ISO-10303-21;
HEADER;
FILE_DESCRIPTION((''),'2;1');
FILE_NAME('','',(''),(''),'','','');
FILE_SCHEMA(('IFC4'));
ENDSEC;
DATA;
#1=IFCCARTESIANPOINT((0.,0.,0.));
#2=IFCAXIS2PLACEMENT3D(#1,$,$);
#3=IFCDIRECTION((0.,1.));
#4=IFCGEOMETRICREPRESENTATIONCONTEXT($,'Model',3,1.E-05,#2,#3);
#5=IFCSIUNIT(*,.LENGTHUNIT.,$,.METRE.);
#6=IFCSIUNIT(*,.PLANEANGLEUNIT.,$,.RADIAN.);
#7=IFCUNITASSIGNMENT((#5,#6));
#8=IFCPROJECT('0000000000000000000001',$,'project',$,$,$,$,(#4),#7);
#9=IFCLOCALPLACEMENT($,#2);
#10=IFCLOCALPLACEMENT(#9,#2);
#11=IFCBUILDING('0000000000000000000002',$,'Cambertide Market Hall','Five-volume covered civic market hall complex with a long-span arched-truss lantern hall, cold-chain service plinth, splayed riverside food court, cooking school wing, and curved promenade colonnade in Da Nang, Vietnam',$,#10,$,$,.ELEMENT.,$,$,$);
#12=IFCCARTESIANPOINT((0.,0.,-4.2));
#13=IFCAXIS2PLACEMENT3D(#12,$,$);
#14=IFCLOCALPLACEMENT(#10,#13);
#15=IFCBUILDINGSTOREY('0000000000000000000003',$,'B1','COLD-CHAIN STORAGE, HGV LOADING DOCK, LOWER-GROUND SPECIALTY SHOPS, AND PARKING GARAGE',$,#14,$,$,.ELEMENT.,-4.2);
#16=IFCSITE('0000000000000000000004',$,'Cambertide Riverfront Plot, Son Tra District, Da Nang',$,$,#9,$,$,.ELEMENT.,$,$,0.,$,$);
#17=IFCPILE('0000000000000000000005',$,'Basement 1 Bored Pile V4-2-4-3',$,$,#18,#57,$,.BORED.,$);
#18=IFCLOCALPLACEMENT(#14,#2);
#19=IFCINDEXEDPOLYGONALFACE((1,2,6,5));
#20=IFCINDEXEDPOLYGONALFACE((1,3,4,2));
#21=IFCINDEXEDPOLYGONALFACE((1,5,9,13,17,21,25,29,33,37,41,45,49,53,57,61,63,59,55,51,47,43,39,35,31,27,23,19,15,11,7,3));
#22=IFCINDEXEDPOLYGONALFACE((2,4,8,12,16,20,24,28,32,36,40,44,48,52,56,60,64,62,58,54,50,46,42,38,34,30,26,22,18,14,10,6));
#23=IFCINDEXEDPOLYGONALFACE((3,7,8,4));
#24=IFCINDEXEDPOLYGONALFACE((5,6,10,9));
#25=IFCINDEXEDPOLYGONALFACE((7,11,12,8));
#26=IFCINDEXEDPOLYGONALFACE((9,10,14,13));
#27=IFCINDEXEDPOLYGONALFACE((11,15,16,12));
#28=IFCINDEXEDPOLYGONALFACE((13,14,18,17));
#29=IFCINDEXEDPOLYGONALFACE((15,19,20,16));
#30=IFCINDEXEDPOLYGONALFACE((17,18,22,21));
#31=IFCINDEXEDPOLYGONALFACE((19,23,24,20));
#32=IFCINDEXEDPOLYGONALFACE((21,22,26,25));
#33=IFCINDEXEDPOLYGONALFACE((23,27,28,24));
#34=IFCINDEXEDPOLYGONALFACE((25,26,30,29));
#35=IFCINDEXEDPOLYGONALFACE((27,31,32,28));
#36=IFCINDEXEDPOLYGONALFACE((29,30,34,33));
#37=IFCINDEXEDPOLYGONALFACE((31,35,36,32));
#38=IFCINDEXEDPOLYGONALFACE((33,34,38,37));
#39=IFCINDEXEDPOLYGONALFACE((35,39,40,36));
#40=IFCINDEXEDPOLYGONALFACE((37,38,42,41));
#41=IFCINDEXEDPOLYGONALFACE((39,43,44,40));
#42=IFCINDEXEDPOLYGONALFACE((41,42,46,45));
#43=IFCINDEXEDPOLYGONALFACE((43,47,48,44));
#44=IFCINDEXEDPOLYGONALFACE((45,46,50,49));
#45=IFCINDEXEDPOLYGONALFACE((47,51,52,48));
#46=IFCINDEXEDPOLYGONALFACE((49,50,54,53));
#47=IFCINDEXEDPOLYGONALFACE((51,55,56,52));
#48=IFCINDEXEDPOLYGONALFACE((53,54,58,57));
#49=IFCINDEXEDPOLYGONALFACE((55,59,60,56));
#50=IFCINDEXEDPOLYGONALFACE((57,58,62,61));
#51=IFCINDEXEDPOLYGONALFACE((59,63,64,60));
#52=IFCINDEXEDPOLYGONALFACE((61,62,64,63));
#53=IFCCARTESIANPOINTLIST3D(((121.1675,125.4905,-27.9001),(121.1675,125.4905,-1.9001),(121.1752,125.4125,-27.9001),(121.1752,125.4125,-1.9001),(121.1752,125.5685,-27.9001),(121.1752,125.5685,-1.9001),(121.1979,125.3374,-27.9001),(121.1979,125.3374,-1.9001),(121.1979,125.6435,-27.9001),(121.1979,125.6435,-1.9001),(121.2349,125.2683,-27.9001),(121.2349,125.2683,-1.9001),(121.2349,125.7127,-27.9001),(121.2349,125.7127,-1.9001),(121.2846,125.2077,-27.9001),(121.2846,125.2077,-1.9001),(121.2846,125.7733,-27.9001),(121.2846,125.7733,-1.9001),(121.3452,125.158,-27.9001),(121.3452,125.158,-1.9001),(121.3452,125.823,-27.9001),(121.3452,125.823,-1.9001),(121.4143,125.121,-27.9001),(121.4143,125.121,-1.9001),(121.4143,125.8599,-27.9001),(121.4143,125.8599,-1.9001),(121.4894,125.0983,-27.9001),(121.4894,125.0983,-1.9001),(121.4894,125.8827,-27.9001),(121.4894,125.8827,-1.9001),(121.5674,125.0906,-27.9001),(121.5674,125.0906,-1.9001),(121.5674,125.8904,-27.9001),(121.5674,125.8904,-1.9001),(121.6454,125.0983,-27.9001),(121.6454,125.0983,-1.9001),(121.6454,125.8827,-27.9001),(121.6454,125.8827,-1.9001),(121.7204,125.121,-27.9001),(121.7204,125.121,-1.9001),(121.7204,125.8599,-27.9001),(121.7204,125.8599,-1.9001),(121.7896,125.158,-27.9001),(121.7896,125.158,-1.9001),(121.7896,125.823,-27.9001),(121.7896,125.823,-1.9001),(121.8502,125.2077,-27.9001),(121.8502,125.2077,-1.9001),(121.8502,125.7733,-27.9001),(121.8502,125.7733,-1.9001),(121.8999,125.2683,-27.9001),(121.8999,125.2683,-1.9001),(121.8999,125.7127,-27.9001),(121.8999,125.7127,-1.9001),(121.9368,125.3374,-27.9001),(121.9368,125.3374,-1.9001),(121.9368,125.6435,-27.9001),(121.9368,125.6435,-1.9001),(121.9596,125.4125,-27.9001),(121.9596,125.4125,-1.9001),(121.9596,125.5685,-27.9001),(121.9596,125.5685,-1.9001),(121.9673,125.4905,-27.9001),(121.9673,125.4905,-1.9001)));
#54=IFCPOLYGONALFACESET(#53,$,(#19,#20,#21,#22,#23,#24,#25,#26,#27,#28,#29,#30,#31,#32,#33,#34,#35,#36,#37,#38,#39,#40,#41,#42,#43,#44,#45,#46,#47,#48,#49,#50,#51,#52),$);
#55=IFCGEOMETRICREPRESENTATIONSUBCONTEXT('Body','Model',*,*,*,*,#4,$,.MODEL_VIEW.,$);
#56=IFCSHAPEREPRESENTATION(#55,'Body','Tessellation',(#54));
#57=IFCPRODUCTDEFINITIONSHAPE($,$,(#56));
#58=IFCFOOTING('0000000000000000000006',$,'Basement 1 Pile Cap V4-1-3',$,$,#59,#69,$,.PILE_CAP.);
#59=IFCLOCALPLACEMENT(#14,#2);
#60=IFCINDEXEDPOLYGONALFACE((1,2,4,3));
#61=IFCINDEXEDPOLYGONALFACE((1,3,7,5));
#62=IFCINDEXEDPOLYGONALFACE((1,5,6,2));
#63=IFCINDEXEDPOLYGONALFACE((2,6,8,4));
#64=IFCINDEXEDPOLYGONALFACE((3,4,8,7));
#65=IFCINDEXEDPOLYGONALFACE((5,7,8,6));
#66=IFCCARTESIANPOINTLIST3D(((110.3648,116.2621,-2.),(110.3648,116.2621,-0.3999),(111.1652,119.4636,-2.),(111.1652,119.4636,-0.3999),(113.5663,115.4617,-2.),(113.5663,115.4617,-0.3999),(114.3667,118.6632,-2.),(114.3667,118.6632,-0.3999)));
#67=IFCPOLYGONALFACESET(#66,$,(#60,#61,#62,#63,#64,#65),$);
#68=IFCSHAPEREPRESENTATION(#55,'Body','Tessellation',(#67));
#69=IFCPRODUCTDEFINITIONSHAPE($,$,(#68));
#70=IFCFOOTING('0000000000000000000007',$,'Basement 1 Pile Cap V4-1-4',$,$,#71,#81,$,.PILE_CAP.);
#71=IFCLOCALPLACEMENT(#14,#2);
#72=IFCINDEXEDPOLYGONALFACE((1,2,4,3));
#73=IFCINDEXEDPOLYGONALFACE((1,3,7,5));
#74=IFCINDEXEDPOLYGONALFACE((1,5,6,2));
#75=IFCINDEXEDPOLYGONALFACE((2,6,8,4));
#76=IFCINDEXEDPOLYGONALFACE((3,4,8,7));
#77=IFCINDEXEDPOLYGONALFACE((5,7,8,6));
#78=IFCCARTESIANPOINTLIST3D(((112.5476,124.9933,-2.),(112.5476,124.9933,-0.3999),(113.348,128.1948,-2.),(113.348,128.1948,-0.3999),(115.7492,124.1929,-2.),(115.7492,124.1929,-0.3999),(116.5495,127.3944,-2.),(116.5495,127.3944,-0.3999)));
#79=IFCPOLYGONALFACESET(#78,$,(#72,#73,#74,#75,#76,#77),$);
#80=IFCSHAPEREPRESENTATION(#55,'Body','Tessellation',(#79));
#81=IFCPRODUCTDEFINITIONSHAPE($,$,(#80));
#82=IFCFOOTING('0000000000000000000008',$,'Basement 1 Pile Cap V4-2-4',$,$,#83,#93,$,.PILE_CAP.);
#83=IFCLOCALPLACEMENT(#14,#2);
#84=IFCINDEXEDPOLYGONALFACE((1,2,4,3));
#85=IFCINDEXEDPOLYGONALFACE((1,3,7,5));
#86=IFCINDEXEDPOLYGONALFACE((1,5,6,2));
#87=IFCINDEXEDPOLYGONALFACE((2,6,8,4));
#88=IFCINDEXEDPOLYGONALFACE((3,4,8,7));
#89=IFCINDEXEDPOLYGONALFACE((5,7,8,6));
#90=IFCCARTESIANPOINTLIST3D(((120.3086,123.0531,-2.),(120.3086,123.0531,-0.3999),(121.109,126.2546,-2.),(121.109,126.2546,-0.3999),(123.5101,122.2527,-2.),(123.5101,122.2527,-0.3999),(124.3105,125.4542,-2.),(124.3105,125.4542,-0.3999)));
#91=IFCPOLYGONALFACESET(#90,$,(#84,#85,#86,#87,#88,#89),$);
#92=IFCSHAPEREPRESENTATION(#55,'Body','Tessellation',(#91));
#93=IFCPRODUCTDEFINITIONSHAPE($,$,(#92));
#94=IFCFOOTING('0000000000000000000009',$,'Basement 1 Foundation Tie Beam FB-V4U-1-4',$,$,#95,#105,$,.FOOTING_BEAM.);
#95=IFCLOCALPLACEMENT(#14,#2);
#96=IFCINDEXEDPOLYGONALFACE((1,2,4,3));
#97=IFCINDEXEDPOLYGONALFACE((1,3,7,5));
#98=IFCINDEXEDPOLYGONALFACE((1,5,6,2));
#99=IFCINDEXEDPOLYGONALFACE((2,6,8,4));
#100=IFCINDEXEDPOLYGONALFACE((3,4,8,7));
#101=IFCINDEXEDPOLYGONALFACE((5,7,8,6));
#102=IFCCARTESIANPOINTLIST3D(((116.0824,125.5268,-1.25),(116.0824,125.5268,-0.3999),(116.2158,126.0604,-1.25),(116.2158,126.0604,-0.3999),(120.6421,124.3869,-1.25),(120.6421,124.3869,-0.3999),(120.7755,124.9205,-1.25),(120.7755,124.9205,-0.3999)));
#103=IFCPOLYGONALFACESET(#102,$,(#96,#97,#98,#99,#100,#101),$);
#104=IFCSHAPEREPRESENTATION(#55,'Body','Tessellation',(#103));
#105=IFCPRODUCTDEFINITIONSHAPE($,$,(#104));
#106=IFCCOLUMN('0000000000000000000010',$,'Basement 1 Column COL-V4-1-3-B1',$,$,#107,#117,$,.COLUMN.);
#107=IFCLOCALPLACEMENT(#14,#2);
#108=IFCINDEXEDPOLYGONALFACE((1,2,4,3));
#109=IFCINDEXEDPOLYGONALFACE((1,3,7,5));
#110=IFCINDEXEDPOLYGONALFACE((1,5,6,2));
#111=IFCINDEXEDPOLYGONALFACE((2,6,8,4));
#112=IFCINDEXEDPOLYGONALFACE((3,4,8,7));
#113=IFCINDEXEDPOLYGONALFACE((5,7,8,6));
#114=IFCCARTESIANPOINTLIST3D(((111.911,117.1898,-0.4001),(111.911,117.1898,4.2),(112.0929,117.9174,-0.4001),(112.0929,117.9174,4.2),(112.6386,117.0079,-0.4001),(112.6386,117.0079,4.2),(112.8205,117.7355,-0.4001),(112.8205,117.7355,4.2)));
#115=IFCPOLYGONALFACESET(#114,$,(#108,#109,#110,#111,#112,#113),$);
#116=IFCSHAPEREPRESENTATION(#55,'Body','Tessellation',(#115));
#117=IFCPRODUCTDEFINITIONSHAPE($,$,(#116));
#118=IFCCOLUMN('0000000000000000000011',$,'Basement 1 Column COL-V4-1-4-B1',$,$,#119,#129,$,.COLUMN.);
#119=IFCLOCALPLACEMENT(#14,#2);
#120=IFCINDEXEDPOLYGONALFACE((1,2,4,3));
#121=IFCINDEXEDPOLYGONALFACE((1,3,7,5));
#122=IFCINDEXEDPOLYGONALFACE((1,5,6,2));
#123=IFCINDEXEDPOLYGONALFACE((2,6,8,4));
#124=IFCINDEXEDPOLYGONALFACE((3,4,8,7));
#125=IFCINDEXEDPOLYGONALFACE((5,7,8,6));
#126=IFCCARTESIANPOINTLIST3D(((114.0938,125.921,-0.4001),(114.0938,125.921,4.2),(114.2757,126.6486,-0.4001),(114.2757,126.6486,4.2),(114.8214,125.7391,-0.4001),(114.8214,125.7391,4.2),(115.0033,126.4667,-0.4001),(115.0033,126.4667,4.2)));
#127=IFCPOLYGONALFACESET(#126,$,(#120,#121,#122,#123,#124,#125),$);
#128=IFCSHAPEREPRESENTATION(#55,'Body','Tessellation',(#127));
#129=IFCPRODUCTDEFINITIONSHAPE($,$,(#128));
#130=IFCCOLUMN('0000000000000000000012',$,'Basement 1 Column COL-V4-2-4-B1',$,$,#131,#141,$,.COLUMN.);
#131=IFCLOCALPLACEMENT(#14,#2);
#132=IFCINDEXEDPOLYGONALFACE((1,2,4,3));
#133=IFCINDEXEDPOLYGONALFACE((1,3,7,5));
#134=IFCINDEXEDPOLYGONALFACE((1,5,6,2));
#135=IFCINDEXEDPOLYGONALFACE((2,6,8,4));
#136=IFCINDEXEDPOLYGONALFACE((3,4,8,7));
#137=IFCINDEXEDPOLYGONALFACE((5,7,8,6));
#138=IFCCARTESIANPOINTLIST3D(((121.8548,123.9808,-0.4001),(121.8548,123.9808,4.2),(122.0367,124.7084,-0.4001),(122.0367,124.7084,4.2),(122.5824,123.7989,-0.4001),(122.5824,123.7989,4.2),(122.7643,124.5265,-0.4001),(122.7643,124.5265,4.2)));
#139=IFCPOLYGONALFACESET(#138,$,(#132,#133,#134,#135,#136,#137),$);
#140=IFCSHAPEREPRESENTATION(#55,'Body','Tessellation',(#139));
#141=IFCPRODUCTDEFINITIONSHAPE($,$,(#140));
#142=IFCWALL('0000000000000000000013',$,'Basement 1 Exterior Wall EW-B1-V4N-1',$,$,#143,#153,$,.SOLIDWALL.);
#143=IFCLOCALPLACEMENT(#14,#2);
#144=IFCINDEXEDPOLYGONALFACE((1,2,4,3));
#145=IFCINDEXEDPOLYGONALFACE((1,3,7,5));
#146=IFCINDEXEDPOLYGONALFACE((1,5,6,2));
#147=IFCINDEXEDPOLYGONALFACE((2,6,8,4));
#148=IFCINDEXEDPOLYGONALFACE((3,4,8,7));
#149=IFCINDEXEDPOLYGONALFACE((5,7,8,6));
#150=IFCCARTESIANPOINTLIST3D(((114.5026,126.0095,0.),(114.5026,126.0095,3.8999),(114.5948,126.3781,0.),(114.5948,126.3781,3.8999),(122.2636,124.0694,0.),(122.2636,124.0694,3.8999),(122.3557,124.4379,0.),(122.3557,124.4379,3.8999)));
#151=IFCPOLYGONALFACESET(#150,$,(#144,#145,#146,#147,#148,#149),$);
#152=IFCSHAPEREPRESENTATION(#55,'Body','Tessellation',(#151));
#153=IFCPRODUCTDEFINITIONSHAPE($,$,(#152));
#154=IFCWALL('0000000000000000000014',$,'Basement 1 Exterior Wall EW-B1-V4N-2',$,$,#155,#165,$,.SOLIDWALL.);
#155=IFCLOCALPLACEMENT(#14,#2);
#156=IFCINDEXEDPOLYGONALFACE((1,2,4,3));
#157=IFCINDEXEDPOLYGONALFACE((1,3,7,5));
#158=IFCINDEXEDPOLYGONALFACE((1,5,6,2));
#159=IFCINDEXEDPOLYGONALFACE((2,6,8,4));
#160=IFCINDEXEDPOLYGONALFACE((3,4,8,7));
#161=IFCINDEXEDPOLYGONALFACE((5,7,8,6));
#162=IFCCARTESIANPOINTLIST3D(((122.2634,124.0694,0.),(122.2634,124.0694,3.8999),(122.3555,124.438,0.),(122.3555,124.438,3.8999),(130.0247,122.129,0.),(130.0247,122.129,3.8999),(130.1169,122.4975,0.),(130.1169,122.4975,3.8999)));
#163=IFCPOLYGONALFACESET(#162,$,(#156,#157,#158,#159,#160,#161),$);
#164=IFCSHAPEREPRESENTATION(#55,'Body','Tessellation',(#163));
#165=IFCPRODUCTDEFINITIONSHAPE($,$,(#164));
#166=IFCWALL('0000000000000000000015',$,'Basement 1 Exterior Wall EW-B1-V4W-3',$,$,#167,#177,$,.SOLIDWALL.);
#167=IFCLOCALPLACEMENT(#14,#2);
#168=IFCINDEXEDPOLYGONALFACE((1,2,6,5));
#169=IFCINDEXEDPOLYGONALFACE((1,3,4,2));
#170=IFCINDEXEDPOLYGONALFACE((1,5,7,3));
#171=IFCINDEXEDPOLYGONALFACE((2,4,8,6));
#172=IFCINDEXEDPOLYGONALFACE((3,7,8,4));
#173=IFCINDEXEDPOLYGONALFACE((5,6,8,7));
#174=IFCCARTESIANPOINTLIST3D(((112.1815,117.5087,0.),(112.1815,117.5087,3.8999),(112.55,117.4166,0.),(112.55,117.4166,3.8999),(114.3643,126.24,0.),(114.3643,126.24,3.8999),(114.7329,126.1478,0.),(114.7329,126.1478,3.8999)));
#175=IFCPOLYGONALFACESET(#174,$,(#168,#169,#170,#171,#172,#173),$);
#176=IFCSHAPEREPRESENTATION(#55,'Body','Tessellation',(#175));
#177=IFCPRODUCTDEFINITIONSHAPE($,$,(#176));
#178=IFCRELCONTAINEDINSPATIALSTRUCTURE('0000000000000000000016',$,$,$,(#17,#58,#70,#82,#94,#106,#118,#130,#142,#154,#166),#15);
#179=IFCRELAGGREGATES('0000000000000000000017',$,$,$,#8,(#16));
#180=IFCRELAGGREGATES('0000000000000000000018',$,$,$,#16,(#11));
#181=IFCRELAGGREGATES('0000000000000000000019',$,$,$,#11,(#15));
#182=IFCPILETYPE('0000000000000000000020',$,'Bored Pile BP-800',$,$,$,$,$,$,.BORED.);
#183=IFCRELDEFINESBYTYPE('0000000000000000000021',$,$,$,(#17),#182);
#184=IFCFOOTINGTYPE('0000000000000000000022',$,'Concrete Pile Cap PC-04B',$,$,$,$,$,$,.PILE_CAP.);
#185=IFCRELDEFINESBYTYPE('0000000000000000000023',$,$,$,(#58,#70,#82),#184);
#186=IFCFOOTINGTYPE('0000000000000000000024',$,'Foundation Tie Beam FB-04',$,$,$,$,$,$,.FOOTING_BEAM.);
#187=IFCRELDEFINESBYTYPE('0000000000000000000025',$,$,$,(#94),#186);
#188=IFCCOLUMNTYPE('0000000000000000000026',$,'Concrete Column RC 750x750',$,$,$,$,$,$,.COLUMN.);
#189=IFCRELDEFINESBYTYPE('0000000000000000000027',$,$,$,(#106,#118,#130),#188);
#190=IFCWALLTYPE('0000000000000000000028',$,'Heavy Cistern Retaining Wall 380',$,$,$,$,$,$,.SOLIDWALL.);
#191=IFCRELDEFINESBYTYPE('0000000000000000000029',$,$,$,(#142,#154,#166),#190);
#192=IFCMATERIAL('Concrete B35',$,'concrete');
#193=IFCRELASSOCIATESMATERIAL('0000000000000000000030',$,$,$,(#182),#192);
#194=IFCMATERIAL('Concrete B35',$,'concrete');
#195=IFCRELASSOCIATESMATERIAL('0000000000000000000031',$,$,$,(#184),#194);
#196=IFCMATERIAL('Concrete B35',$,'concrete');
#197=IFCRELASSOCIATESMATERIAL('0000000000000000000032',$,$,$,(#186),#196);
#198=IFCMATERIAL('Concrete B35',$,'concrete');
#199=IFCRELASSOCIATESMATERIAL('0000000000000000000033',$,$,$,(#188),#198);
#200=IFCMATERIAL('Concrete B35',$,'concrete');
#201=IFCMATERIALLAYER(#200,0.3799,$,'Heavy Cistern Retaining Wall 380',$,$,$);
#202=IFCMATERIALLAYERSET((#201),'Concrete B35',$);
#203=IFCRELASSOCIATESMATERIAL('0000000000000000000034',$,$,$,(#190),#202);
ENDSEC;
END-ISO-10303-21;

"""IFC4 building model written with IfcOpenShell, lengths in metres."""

from ifc_helpers import new_model, si_unit, direction, frame, frame_2d, origin, origin_2d, place, context, subcontext, project, spatial, rectangle, circle, extrude, material, layer, layer_set, material_profile, profile_set, type_object, element, save


model = new_model("IFC4")

# Units and contexts
model_context = context("Model", 3, precision=1e-05, world=origin(), true_north=direction((0.0, 1.0)))
body_context = subcontext(model_context, "Body", "Model", "MODEL_VIEW")
ifc_project = project(units=[si_unit("LENGTHUNIT", "METRE"), si_unit("PLANEANGLEUNIT", "RADIAN")], contexts=[model_context])

# Site, building, storey
site_placement = place(None, origin())
site = spatial("IfcSite", under=ifc_project, at=site_placement, Name="Cambertide Riverfront Plot, Son Tra District, Da Nang", CompositionType="ELEMENT", RefElevation=0.0)
building_placement = place(site_placement, origin())
building = spatial("IfcBuilding", under=site, at=building_placement, Name="Cambertide Market Hall", Description="Five-volume covered civic market hall complex with a long-span arched-truss lantern hall, cold-chain service plinth, splayed riverside food court, cooking school wing, and curved promenade colonnade in Da Nang, Vietnam", CompositionType="ELEMENT")
storey_placement = place(building_placement, frame((0.0, 0.0, -4.2)))
storey = spatial("IfcBuildingStorey", under=building, at=storey_placement, Name="B1", Description="COLD-CHAIN STORAGE, HGV LOADING DOCK, LOWER-GROUND SPECIALTY SHOPS, AND PARKING GARAGE", CompositionType="ELEMENT", Elevation=-4.2)

# Pile
ifc_material_1 = material(Name="Concrete B35", Category="concrete")
ifc_material_profile_1 = material_profile(ifc_material_1, circle(Radius=0.3999, at=origin_2d()), Name="BP D800")
ifc_profile_set_1 = profile_set([ifc_material_profile_1], Name="Concrete B35")
pile_type_1 = type_object("IfcPileType", Name="Bored Pile BP-800", PredefinedType="BORED", material=ifc_profile_set_1)
for number, where, z_axis, x_axis, name in (
    (1, (121.5674, 125.4905, -1.9001), (0.0, 0.0, -1.0), (1.0, 0.0, 0.0), "Basement 1 Bored Pile V4-2-4-3"),
):
    element("IfcPile", number, at=place(storey_placement, frame(where, z_axis=z_axis, x_axis=x_axis)), inside=storey, type_object=pile_type_1, Name=name, PredefinedType="BORED", context=body_context, shape_type="SweptSolid", body=[
        extrude(circle(Radius=0.3999, at=origin_2d()), origin(), (0.0, 0.0, 1.0), 26.0),
    ])

# Footings
ifc_material_2 = material(Name="Concrete B35", Category="concrete")
footing_type_1 = type_object("IfcFootingType", Name="Concrete Pile Cap PC-04B", PredefinedType="PILE_CAP", material=ifc_material_2)
for number, where, z_axis, x_axis, name in (
    (2, (112.3657, 117.4626, -2.0), (0.0, 0.0, 1.0), (0.970143, -0.242536, 0.0), "Basement 1 Pile Cap V4-1-3"),
    (3, (114.5486, 126.1938, -2.0), (0.0, 0.0, 1.0), (0.970143, -0.242536, 0.0), "Basement 1 Pile Cap V4-1-4"),
    (4, (122.3096, 124.2537, -2.0), (0.0, 0.0, 1.0), (0.970143, -0.242536, 0.0), "Basement 1 Pile Cap V4-2-4"),
):
    element("IfcFooting", number, at=place(storey_placement, frame(where, z_axis=z_axis, x_axis=x_axis)), inside=storey, type_object=footing_type_1, Name=name, PredefinedType="PILE_CAP", context=body_context, shape_type="SweptSolid", body=[
        extrude(rectangle(XDim=3.3, YDim=3.3, at=origin_2d()), origin(), (0.0, 0.0, 1.0), 1.6001),
    ])
ifc_material_3 = material(Name="Concrete B35", Category="concrete")
footing_type_2 = type_object("IfcFootingType", Name="Foundation Tie Beam FB-04", PredefinedType="FOOTING_BEAM", material=ifc_material_3)
footing_placement = place(storey_placement, frame((118.429, 125.2236, -1.25), z_axis=(0.0, 0.0, 1.0), x_axis=(0.970143, -0.242536, 0.0)))
element("IfcFooting", 5, at=footing_placement, inside=storey, type_object=footing_type_2, Name="Basement 1 Foundation Tie Beam FB-V4U-1-4", PredefinedType="FOOTING_BEAM", context=body_context, shape_type="SweptSolid", body=[
    extrude(rectangle(XDim=4.7, YDim=0.55, at=origin_2d()), origin(), (0.0, 0.0, 1.0), 0.8501),
])

# Columns
ifc_material_4 = material(Name="Concrete B35", Category="concrete")
ifc_material_profile_2 = material_profile(ifc_material_4, rectangle(XDim=0.75, YDim=0.75, at=origin_2d()), Name="RC 750x750")
ifc_profile_set_2 = profile_set([ifc_material_profile_2], Name="Concrete B35")
column_type = type_object("IfcColumnType", Name="Concrete Column RC 750x750", PredefinedType="COLUMN", material=ifc_profile_set_2)
for number, where, z_axis, x_axis, name in (
    (6, (112.3657, 117.4626, -0.4001), (0.0, 0.0, 1.0), (0.970143, -0.242536, 0.0), "Basement 1 Column COL-V4-1-3-B1"),
    (7, (114.5486, 126.1938, -0.4001), (0.0, 0.0, 1.0), (0.970143, -0.242536, 0.0), "Basement 1 Column COL-V4-1-4-B1"),
    (8, (122.3096, 124.2537, -0.4001), (0.0, 0.0, 1.0), (0.970143, -0.242536, 0.0), "Basement 1 Column COL-V4-2-4-B1"),
):
    element("IfcColumn", number, at=place(storey_placement, frame(where, z_axis=z_axis, x_axis=x_axis)), inside=storey, type_object=column_type, Name=name, PredefinedType="COLUMN", context=body_context, shape_type="SweptSolid", body=[
        extrude(rectangle(XDim=0.75, YDim=0.75, at=origin_2d()), origin(), (0.0, 0.0, 1.0), 4.6001),
    ])

# Walls
ifc_material_5 = material(Name="Concrete B35", Category="concrete")
ifc_layer = layer(ifc_material_5, 0.3799, Name="Heavy Cistern Retaining Wall 380")
ifc_layer_set = layer_set([ifc_layer], Name="Concrete B35")
wall_type = type_object("IfcWallType", Name="Heavy Cistern Retaining Wall 380", PredefinedType="SOLIDWALL", material=ifc_layer_set)
wall_1_placement = place(storey_placement, frame((114.5486, 126.1938, 0.0), z_axis=(0.0, 0.0, 1.0), x_axis=(0.970144, -0.242528, 0.0)))
element("IfcWall", 9, at=wall_1_placement, inside=storey, type_object=wall_type, Name="Basement 1 Exterior Wall EW-B1-V4N-1", PredefinedType="SOLIDWALL", context=body_context, shape_type="SweptSolid", body=[
    extrude(rectangle(XDim=7.9998, YDim=0.3799, at=frame_2d((4.0, 0.0))), origin(), (0.0, 0.0, 1.0), 3.8999),
])
wall_2_placement = place(storey_placement, frame((122.3096, 124.2537, 0.0), z_axis=(0.0, 0.0, 1.0), x_axis=(0.970139, -0.24255, 0.0)))
element("IfcWall", 10, at=wall_2_placement, inside=storey, type_object=wall_type, Name="Basement 1 Exterior Wall EW-B1-V4N-2", PredefinedType="SOLIDWALL", context=body_context, shape_type="SweptSolid", body=[
    extrude(rectangle(XDim=8.0002, YDim=0.3799, at=frame_2d((4.0, 0.0))), origin(), (0.0, 0.0, 1.0), 3.8999),
])
wall_3_placement = place(storey_placement, frame((112.3657, 117.4626, 0.0), z_axis=(0.0, 0.0, 1.0), x_axis=(0.242542, 0.970141, 0.0)))
element("IfcWall", 11, at=wall_3_placement, inside=storey, type_object=wall_type, Name="Basement 1 Exterior Wall EW-B1-V4W-3", PredefinedType="SOLIDWALL", context=body_context, shape_type="SweptSolid", body=[
    extrude(rectangle(XDim=9.0, YDim=0.3799, at=frame_2d((4.5, 0.0))), origin(), (0.0, 0.0, 1.0), 3.8999),
])

save(model, "model.ifc")
